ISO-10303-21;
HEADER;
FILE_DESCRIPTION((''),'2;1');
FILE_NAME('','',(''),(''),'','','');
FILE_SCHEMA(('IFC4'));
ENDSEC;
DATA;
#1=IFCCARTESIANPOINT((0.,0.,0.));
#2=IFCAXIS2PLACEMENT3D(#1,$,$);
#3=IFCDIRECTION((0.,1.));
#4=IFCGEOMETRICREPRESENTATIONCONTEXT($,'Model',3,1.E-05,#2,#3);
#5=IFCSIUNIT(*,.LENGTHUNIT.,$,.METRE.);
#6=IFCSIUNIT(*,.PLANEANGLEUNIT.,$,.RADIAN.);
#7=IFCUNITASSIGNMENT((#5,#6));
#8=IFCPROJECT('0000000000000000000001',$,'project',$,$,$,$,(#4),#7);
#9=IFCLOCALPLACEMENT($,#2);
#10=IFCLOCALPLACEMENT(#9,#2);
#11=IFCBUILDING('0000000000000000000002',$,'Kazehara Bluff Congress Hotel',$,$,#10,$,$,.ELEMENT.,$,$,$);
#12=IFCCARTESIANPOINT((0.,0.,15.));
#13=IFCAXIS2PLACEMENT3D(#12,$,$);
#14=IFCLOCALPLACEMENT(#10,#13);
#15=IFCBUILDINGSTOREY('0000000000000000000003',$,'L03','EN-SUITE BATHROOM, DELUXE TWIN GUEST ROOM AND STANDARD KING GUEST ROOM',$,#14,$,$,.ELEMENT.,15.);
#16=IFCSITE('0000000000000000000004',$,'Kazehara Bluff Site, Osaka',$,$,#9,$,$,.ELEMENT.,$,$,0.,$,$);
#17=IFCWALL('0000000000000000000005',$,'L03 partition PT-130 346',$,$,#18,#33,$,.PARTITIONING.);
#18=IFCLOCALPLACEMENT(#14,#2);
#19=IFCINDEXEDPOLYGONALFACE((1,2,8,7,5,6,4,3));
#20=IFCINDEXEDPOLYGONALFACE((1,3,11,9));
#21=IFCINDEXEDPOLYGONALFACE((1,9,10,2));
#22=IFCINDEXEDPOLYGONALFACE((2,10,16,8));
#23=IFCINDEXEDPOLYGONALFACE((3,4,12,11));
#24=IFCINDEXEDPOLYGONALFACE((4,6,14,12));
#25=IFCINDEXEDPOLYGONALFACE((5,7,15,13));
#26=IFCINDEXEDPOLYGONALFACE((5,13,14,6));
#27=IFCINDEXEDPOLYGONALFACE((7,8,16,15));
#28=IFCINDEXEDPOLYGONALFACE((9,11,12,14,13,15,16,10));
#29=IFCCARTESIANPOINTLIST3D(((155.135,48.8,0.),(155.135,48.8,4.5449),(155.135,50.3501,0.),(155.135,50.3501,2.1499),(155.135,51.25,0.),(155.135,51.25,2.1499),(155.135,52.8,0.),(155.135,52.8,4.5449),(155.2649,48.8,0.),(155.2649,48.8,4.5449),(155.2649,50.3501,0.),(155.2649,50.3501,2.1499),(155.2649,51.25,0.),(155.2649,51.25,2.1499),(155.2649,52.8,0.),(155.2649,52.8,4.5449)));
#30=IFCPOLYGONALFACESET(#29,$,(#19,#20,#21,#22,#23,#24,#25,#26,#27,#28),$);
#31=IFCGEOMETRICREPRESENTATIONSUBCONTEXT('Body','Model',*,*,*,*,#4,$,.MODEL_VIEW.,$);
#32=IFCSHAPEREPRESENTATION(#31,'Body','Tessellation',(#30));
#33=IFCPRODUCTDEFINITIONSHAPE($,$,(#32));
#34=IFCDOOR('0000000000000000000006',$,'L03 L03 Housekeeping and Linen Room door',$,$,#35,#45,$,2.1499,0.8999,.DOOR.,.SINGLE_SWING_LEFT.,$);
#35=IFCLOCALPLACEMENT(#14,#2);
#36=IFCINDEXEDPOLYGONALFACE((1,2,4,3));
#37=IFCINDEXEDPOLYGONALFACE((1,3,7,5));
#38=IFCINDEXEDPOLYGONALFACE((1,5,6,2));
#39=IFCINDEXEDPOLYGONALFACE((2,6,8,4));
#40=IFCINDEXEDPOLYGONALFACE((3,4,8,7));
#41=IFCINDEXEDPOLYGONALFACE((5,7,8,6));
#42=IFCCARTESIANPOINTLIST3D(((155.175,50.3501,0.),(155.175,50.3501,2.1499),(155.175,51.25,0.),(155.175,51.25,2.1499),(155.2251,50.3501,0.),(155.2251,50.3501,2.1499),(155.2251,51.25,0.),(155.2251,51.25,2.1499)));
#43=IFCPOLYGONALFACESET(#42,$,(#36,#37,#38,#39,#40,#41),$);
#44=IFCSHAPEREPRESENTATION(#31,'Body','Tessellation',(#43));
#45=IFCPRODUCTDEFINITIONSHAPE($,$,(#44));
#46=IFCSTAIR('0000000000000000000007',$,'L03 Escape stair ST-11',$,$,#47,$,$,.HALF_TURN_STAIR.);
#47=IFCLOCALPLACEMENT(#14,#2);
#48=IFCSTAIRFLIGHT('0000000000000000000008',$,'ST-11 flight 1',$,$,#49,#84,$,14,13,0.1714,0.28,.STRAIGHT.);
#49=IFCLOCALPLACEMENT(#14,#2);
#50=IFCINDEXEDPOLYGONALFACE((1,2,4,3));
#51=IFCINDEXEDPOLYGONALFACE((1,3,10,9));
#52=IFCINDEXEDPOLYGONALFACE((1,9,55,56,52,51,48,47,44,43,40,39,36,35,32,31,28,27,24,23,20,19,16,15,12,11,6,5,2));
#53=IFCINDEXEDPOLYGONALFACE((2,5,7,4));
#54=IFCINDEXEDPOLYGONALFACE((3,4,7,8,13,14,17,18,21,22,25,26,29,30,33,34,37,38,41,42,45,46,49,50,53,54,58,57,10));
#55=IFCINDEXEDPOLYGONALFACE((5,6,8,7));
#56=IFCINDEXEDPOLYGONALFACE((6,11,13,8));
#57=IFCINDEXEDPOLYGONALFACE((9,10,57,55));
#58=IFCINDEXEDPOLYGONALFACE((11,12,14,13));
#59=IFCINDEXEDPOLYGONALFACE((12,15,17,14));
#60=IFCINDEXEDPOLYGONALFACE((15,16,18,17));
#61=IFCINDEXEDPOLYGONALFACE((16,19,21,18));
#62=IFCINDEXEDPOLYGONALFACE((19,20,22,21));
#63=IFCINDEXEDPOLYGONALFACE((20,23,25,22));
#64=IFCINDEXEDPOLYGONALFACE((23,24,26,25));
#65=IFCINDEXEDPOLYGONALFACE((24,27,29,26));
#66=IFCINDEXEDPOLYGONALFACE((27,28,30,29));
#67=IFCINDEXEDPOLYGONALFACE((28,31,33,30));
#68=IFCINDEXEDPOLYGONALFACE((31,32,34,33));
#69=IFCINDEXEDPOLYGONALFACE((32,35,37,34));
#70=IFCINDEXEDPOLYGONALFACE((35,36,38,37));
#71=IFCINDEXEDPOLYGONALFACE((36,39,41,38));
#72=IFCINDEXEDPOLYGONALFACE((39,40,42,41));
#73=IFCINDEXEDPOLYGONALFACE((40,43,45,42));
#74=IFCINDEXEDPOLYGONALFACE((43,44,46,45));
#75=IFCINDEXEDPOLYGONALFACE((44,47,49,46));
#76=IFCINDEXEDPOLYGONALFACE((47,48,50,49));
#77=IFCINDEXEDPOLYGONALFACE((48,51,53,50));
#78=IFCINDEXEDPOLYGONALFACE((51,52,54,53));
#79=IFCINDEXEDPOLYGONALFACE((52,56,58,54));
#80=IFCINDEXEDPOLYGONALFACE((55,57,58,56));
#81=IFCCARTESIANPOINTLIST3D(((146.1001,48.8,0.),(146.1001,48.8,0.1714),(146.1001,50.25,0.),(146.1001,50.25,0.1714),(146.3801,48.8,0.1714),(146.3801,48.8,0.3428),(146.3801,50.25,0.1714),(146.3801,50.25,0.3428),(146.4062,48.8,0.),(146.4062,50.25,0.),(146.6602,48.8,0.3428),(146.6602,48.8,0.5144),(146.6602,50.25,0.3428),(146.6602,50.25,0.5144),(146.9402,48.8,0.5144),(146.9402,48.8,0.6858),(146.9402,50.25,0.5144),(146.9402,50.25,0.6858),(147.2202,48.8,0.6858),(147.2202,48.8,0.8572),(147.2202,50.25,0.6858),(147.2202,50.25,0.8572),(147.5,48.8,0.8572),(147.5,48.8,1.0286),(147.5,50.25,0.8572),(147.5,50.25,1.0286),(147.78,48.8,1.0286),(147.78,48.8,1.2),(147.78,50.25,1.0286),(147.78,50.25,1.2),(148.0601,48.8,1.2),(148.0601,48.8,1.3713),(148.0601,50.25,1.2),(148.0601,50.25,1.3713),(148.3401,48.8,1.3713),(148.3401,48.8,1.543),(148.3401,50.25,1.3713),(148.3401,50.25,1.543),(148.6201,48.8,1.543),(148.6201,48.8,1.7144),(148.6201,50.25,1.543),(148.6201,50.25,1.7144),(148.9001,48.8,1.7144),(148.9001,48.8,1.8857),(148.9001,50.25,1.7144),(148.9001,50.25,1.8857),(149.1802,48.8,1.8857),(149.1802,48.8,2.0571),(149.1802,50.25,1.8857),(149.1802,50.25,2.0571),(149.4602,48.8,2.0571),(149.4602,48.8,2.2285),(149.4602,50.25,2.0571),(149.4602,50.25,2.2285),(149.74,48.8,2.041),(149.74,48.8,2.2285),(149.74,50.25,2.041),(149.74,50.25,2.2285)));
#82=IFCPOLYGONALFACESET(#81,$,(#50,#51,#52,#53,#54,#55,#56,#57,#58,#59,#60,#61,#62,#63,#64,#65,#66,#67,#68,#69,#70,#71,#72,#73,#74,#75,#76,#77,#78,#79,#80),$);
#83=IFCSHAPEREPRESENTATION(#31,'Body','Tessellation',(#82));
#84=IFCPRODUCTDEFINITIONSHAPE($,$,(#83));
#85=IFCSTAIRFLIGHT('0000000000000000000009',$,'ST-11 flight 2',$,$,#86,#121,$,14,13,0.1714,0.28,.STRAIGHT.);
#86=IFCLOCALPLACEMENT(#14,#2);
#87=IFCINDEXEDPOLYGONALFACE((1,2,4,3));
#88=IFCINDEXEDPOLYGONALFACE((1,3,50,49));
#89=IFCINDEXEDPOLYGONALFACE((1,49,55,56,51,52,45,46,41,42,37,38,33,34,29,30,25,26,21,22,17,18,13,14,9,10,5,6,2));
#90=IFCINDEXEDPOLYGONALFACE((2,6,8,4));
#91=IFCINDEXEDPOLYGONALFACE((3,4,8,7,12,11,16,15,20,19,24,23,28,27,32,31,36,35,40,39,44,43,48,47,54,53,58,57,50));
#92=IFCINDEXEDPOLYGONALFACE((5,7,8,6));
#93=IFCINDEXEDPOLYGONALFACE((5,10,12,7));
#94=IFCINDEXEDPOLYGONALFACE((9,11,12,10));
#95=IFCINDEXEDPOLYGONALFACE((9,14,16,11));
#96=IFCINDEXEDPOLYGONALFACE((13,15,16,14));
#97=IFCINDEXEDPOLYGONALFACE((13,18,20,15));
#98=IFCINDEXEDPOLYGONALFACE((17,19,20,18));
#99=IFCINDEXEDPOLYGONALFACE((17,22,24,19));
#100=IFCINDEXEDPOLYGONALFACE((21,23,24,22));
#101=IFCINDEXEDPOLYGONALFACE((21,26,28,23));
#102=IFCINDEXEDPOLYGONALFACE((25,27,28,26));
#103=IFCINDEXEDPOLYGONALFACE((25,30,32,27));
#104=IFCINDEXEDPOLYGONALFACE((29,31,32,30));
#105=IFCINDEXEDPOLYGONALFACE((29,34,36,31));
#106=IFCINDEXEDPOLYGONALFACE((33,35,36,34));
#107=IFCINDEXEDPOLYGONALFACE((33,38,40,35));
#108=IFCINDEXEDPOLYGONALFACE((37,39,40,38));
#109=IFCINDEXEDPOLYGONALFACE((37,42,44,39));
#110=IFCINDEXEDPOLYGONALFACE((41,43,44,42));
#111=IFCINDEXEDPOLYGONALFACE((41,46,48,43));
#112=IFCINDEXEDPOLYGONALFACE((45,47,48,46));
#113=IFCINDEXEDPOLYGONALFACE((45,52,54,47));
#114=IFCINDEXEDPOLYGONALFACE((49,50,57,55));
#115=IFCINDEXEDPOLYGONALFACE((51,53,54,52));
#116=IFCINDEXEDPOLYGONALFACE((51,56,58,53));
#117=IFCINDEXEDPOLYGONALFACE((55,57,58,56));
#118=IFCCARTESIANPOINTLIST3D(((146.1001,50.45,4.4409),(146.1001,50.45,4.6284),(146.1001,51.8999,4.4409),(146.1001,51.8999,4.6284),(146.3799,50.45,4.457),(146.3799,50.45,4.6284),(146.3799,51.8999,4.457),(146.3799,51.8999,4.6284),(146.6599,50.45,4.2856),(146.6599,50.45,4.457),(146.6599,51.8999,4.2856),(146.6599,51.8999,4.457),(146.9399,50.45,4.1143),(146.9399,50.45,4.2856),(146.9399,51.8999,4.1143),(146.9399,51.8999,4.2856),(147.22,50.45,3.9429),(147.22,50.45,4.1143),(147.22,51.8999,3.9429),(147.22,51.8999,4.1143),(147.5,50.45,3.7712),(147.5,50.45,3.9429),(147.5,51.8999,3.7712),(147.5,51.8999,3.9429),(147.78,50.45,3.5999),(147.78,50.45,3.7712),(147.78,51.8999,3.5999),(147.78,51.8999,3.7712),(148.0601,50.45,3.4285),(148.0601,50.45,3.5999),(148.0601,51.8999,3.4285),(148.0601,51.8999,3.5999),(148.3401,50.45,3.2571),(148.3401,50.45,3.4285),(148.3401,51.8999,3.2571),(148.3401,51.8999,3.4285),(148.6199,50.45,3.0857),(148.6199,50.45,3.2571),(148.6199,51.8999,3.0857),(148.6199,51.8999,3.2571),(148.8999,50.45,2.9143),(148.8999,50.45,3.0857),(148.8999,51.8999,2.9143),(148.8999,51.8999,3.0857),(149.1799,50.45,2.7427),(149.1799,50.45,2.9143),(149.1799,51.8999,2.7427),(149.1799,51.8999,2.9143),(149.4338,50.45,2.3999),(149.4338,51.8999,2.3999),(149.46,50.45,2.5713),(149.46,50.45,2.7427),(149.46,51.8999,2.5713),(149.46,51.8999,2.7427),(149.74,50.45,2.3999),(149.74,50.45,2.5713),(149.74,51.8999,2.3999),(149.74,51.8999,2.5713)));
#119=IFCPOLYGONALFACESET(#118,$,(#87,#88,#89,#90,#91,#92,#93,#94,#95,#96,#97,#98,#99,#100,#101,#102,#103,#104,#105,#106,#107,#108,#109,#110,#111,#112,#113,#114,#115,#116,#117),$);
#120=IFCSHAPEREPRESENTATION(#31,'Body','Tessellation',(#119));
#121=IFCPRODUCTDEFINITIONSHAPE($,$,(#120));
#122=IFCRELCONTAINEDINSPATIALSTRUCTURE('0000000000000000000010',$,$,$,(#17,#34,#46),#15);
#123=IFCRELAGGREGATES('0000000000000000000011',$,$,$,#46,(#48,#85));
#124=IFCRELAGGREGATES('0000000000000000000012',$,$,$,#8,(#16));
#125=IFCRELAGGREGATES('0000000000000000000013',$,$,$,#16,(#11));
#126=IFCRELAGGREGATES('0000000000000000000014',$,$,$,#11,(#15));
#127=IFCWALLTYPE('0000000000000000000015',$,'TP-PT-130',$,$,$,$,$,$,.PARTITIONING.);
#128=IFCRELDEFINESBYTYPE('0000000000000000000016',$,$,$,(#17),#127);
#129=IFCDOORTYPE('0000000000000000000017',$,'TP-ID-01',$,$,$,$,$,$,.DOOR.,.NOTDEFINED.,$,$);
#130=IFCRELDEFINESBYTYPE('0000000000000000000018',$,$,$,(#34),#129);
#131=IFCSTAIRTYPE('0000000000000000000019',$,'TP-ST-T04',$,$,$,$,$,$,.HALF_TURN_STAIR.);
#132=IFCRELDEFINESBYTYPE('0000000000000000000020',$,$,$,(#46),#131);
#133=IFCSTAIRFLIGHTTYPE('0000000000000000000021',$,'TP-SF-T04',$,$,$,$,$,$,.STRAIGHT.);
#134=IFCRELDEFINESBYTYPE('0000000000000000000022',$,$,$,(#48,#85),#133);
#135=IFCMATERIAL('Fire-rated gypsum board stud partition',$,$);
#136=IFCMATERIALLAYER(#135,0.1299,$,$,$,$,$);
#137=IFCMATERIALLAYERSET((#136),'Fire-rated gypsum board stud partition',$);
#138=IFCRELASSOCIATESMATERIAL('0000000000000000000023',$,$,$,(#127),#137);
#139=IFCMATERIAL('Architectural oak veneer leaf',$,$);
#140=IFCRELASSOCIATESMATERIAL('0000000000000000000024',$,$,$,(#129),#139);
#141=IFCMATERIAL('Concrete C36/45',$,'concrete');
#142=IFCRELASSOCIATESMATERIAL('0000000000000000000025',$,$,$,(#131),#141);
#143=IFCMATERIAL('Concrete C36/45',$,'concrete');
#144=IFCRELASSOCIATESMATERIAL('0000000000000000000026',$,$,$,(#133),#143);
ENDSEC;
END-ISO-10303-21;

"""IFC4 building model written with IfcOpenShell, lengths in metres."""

from ifc_helpers import new_model, si_unit, direction, frame, frame_2d, origin, place, context, subcontext, project, spatial, polyline, rectangle, outline, extrude, material, layer, layer_set, type_object, element, fill, aggregate, save


model = new_model("IFC4")

# Units and contexts
model_context = context("Model", 3, precision=1e-05, world=origin(), true_north=direction((0.0, 1.0)))
body_context = subcontext(model_context, "Body", "Model", "MODEL_VIEW")
ifc_project = project(units=[si_unit("LENGTHUNIT", "METRE"), si_unit("PLANEANGLEUNIT", "RADIAN")], contexts=[model_context])

# Site, building, storey
site_placement = place(None, origin())
site = spatial("IfcSite", under=ifc_project, at=site_placement, Name="Kazehara Bluff Site, Osaka", CompositionType="ELEMENT", RefElevation=0.0)
building_placement = place(site_placement, origin())
building = spatial("IfcBuilding", under=site, at=building_placement, Name="Kazehara Bluff Congress Hotel", CompositionType="ELEMENT")
storey_placement = place(building_placement, frame((0.0, 0.0, 15.0)))
storey = spatial("IfcBuildingStorey", under=building, at=storey_placement, Name="L03", Description="EN-SUITE BATHROOM, DELUXE TWIN GUEST ROOM AND STANDARD KING GUEST ROOM", CompositionType="ELEMENT", Elevation=15.0)

# Shared definitions
ifc_material_1 = material(Name="Fire-rated gypsum board stud partition")
ifc_layer_1 = layer(ifc_material_1, 0.1299)
ifc_layer_set_1 = layer_set([ifc_layer_1], Name="Fire-rated gypsum board stud partition")
wall_type_1 = type_object("IfcWallType", Name="TP-PT-130", PredefinedType="PARTITIONING", material=ifc_layer_set_1)

# Wall, opening, door
wall_1_placement = place(storey_placement, frame((155.2, 48.8, 0.0), z_axis=(0.0, 0.0, 1.0), x_axis=(0.0, 1.0, 0.0)))
wall_1 = element("IfcWall", 1, at=wall_1_placement, inside=storey, type_object=wall_type_1, Name="L03 partition PT-130 346", PredefinedType="PARTITIONING", context=body_context, shape_type="SweptSolid", body=[
    extrude(rectangle(XDim=4.0, YDim=0.1299, at=frame_2d((2.0, 0.0))), origin(), (0.0, 0.0, 1.0), 4.5449),
])
opening_1_placement = place(wall_1_placement, frame((1.55, 0.0, 0.0)))
opening_1 = element("IfcOpeningElement", 2, at=opening_1_placement, cuts=wall_1, PredefinedType="OPENING", context=body_context, shape_type="SweptSolid", body=[
    extrude(rectangle(XDim=0.8999, YDim=2.1499, at=frame_2d((0.45, 1.075))), frame((0.0, 0.075, 0.0), z_axis=(0.0, -1.0, 0.0), x_axis=(1.0, 0.0, 0.0)), (0.0, 0.0, 1.0), 0.1499),
])
ifc_material_2 = material(Name="Architectural oak veneer leaf")
door_type_1 = type_object("IfcDoorType", Name="TP-ID-01", OperationType="NOTDEFINED", PredefinedType="DOOR", material=ifc_material_2)
door_1_placement = place(opening_1_placement, origin())
door_1 = element("IfcDoor", 3, at=door_1_placement, inside=storey, type_object=door_type_1, Name="L03 L03 Housekeeping and Linen Room door", OperationType="SINGLE_SWING_LEFT", OverallHeight=2.1499, OverallWidth=0.8999, PredefinedType="DOOR", context=body_context, shape_type="SweptSolid", body=[
    extrude(rectangle(XDim=0.8999, YDim=2.1499, at=frame_2d((0.45, 1.075))), frame((0.0, 0.0249, 0.0), z_axis=(0.0, -1.0, 0.0), x_axis=(1.0, 0.0, 0.0)), (0.0, 0.0, 1.0), 0.05),
])
fill(opening_1, door_1)

# Stair, stair flights
ifc_material_3 = material(Name="Concrete C36/45", Category="concrete")
stair_type = type_object("IfcStairType", Name="TP-ST-T04", PredefinedType="HALF_TURN_STAIR", material=ifc_material_3)
stair_placement = place(storey_placement, origin())
stair = element("IfcStair", 4, at=stair_placement, inside=storey, type_object=stair_type, Name="L03 Escape stair ST-11", PredefinedType="HALF_TURN_STAIR")
ifc_material_4 = material(Name="Concrete C36/45", Category="concrete")
stair_flight_type = type_object("IfcStairFlightType", Name="TP-SF-T04", PredefinedType="STRAIGHT", material=ifc_material_4)
stair_flight_1_placement = place(storey_placement, frame((146.1001, 49.5249, 0.0), z_axis=(0.0, 0.0, 1.0), x_axis=(1.0, 0.0, 0.0)))
stair_flight_1 = element("IfcStairFlight", 5, at=stair_flight_1_placement, type_object=stair_flight_type, Name="ST-11 flight 1", NumberOfRisers=14, NumberOfTreads=13, PredefinedType="STRAIGHT", RiserHeight=0.1714, TreadLength=0.28, context=body_context, shape_type="SweptSolid", body=[
    extrude(outline(polyline([(0.0, 0.0), (0.0, 0.1714), (0.28, 0.1714), (0.28, 0.3428), (0.5601, 0.3428), (0.5601, 0.5144), (0.8401, 0.5144), (0.8401, 0.6858), (1.1201, 0.6858), (1.1201, 0.8572), (1.3999, 0.8572), (1.3999, 1.0286), (1.6799, 1.0286), (1.6799, 1.2), (1.96, 1.2), (1.96, 1.3713), (2.24, 1.3713), (2.24, 1.543), (2.52, 1.543), (2.52, 1.7144), (2.8, 1.7144), (2.8, 1.8857), (3.0801, 1.8857), (3.0801, 2.0571), (3.3601, 2.0571), (3.3601, 2.2285), (3.6399, 2.2285), (3.6399, 2.3999), (3.6399, 2.041), (0.3062, 0.0), (0.0, 0.0)])), frame((0.0, 0.7251, 0.0), z_axis=(0.0, -1.0, 0.0), x_axis=(1.0, 0.0, 0.0)), (0.0, 0.0, 1.0), 1.45),
])
stair_flight_2_placement = place(storey_placement, frame((149.74, 51.175, 2.3999), z_axis=(0.0, 0.0, 1.0), x_axis=(-1.0, 0.0, 0.0)))
stair_flight_2 = element("IfcStairFlight", 6, at=stair_flight_2_placement, type_object=stair_flight_type, Name="ST-11 flight 2", NumberOfRisers=14, NumberOfTreads=13, PredefinedType="STRAIGHT", RiserHeight=0.1714, TreadLength=0.28, context=body_context, shape_type="SweptSolid", body=[
    extrude(outline(polyline([(0.0, 0.0), (0.0, 0.1714), (0.28, 0.1714), (0.28, 0.3428), (0.5601, 0.3428), (0.5601, 0.5144), (0.8401, 0.5144), (0.8401, 0.6858), (1.1201, 0.6858), (1.1201, 0.8572), (1.3999, 0.8572), (1.3999, 1.0286), (1.6799, 1.0286), (1.6799, 1.2), (1.96, 1.2), (1.96, 1.3713), (2.24, 1.3713), (2.24, 1.543), (2.52, 1.543), (2.52, 1.7144), (2.8, 1.7144), (2.8, 1.8857), (3.0801, 1.8857), (3.0801, 2.0571), (3.3601, 2.0571), (3.3601, 2.2285), (3.6399, 2.2285), (3.6399, 2.3999), (3.6399, 2.041), (0.3062, 0.0), (0.0, 0.0)])), frame((0.0, 0.7251, 0.0), z_axis=(0.0, -1.0, 0.0), x_axis=(1.0, 0.0, 0.0)), (0.0, 0.0, 1.0), 1.45),
])
aggregate(stair, [stair_flight_1, stair_flight_2])

save(model, "model.ifc")
